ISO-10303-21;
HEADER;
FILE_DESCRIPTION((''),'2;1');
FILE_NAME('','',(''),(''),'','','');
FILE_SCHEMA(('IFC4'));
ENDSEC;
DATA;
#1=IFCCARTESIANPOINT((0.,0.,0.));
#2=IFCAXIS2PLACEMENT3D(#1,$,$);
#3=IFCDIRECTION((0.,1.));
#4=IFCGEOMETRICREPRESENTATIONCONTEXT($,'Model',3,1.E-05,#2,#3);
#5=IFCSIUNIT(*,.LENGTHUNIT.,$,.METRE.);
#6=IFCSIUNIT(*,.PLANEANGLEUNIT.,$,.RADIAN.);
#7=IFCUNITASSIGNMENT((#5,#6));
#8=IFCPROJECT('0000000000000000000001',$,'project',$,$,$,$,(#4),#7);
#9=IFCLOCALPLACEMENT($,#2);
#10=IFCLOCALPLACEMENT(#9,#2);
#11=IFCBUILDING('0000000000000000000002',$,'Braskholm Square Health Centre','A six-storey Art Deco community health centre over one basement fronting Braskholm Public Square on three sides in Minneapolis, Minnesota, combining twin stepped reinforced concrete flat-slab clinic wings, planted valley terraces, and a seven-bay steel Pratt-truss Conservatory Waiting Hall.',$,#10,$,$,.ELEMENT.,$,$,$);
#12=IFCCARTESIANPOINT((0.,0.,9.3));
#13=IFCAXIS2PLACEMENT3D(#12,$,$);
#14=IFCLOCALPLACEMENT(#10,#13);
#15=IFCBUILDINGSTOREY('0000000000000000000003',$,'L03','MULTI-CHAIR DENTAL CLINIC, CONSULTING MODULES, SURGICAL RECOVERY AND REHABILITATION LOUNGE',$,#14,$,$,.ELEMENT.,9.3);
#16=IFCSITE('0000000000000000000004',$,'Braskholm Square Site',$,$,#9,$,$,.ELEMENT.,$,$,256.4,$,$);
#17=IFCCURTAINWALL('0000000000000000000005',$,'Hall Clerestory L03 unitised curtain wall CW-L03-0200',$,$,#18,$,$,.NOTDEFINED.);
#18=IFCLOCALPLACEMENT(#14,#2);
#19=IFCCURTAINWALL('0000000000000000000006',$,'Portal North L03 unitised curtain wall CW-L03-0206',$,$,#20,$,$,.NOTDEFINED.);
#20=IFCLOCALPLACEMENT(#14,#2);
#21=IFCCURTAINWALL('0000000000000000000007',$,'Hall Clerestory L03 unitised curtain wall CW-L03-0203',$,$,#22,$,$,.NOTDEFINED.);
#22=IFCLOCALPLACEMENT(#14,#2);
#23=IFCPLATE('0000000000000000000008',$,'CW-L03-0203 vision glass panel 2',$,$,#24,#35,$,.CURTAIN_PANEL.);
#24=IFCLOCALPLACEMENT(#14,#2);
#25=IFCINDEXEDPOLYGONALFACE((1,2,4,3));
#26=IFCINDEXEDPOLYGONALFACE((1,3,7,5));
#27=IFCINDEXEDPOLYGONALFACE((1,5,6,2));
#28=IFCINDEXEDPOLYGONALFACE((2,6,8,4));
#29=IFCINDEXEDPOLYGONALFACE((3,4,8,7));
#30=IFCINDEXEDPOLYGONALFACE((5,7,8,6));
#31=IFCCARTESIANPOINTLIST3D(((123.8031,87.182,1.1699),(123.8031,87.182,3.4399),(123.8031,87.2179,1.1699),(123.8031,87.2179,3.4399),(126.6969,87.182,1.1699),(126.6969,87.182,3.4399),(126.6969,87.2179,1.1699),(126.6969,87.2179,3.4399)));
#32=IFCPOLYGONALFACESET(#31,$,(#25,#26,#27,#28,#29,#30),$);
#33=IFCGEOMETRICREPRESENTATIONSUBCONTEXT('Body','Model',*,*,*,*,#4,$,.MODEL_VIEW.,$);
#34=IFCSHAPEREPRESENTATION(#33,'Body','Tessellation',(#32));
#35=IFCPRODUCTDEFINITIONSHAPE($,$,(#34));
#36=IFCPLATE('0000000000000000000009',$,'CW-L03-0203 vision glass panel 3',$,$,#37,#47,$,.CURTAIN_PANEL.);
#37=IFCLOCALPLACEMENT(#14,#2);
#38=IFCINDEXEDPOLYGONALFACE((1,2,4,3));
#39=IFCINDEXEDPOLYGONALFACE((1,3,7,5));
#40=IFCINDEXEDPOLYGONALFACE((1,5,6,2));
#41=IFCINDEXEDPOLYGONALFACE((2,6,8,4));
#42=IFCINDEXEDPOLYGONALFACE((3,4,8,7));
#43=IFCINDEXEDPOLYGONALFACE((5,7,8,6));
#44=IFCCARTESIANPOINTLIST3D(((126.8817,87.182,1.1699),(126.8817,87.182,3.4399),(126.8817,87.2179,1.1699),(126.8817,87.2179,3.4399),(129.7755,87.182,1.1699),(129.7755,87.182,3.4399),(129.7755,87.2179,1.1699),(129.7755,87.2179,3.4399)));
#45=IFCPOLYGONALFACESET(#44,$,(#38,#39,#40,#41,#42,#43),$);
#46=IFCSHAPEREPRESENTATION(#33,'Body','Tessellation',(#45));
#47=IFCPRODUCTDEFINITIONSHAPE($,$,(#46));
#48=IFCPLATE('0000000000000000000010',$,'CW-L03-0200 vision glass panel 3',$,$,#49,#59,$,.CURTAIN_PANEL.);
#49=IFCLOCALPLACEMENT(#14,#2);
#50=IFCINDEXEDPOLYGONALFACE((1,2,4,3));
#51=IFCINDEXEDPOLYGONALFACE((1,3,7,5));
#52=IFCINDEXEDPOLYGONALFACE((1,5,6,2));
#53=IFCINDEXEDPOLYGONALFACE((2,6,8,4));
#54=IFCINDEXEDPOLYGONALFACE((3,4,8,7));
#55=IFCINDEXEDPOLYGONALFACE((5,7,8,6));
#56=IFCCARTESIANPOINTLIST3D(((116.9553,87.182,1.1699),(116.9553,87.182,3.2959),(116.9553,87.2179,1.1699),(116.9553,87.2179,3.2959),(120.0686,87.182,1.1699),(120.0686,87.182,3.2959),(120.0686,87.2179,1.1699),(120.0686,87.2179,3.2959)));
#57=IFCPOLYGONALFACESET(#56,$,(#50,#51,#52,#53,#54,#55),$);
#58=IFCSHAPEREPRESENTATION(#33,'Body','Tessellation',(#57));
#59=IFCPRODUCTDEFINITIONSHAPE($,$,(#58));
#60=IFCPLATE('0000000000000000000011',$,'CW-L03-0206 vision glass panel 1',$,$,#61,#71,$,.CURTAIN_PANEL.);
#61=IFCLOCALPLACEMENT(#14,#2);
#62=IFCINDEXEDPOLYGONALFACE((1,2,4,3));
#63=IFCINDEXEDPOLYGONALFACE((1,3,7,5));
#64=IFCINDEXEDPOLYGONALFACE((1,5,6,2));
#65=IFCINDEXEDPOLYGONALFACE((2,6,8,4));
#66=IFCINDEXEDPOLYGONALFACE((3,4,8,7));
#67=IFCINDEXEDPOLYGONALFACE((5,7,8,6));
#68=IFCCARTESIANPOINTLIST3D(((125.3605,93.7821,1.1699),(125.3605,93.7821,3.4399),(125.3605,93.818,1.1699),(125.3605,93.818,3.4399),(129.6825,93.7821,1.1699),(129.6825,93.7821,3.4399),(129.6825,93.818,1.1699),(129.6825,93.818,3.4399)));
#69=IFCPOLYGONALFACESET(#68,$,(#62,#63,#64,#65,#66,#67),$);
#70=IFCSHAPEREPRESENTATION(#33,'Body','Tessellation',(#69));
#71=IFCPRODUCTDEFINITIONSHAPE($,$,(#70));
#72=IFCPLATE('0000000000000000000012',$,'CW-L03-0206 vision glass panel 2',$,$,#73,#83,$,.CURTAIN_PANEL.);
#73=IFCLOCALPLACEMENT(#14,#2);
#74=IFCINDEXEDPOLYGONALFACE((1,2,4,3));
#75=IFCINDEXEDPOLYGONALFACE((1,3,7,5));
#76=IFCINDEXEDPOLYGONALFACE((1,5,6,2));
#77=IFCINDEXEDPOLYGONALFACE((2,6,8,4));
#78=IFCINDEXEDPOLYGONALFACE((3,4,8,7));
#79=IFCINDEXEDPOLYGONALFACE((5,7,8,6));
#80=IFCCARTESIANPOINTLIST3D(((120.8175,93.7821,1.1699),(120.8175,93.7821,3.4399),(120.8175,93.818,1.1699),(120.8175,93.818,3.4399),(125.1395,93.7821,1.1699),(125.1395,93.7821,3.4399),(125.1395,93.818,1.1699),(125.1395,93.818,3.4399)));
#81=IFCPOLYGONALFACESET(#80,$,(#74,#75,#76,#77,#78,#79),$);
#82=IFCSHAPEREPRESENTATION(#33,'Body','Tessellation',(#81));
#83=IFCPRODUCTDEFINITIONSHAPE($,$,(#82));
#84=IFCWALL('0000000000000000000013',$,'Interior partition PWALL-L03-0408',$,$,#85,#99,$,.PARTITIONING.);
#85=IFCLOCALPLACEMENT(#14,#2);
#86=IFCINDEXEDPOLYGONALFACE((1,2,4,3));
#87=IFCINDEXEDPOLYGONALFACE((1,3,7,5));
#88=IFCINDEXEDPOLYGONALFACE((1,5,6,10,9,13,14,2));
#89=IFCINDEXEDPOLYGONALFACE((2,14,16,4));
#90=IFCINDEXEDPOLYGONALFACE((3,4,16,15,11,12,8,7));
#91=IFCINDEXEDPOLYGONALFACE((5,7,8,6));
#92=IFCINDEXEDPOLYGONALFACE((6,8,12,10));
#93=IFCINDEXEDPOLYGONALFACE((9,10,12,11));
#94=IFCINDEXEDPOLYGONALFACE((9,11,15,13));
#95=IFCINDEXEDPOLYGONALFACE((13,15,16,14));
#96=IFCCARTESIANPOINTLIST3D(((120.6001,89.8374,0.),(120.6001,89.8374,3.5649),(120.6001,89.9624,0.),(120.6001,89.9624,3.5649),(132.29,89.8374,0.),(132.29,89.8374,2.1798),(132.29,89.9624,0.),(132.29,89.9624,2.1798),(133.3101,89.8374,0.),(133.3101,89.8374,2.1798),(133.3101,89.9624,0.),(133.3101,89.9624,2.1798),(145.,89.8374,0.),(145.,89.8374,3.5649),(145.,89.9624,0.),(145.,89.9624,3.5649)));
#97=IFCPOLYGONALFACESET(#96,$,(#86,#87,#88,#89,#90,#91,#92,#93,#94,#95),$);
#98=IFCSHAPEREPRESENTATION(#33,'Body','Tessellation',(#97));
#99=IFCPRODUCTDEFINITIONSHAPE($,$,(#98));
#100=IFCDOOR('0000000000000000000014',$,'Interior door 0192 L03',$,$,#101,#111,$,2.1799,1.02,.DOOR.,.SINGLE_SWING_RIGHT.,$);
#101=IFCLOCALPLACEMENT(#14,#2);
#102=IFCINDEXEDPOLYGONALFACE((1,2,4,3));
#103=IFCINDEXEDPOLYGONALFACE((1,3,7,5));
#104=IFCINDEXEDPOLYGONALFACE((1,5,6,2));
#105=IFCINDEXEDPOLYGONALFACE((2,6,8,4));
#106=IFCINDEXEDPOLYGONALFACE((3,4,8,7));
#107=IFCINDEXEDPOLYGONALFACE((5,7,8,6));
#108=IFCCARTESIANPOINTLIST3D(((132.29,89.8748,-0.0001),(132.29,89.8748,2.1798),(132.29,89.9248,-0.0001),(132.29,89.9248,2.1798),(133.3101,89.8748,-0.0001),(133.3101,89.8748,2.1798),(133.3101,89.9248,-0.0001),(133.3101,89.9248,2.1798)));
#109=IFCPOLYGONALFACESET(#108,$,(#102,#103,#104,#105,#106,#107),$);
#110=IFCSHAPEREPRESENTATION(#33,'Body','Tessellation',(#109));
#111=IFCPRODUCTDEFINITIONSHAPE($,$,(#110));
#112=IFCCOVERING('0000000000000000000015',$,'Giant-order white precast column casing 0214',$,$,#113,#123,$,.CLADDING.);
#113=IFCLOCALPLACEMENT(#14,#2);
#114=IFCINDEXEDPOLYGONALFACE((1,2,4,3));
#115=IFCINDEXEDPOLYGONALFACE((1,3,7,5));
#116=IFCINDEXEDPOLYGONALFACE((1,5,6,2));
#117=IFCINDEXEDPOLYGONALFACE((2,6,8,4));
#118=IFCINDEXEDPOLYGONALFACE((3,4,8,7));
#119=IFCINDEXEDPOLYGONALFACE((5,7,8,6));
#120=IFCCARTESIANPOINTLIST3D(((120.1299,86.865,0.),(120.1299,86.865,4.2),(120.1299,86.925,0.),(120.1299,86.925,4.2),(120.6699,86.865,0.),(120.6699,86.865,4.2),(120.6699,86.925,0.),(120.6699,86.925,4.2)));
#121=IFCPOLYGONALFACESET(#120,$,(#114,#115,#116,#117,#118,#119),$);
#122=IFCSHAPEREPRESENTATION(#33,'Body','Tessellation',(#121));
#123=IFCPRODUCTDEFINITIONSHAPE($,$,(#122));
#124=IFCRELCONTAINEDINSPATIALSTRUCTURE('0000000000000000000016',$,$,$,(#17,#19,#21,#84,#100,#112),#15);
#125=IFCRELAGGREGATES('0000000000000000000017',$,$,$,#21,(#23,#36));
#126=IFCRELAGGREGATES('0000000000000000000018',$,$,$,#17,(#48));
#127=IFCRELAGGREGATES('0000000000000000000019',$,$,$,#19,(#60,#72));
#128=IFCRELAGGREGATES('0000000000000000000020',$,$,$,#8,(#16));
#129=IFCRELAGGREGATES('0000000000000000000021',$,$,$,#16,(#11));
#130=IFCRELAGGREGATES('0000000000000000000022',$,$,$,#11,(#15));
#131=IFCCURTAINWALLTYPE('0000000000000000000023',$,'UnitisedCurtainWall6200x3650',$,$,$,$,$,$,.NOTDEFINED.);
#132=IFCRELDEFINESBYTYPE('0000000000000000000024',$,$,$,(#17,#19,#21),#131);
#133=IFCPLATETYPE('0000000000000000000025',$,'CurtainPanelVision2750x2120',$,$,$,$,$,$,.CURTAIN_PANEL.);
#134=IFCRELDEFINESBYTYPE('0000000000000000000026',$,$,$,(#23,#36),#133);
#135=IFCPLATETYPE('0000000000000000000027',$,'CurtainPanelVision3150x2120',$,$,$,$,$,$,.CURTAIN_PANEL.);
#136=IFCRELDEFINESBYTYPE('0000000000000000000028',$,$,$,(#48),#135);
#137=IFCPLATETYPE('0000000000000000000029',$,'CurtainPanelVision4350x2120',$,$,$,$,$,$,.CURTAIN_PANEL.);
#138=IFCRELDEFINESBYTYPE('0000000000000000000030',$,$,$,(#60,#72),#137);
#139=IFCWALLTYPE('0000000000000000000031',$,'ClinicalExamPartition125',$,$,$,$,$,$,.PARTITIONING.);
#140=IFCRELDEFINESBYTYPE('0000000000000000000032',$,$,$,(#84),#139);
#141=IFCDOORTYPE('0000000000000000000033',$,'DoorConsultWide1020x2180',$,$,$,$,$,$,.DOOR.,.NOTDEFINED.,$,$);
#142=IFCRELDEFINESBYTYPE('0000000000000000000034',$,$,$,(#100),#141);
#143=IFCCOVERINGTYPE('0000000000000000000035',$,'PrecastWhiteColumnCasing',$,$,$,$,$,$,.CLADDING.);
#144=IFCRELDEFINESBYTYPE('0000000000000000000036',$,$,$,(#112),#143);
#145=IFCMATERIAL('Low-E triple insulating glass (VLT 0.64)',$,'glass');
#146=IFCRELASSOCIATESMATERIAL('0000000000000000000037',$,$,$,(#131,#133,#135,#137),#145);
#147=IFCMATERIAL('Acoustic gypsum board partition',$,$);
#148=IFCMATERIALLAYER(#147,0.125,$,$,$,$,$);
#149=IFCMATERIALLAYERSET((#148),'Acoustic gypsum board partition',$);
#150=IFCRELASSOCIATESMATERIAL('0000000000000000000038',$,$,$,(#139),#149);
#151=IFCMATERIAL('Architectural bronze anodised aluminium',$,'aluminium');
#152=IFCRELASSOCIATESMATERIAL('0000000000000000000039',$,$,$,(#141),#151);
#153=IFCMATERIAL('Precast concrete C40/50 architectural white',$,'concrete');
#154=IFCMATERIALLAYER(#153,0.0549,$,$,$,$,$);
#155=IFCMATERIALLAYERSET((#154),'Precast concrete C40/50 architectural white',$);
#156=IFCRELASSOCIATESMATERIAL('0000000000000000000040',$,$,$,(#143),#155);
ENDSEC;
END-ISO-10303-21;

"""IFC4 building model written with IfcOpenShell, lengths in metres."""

from ifc_helpers import new_model, si_unit, direction, frame, frame_2d, origin, origin_with_axes, origin_2d, place, context, subcontext, project, spatial, rectangle, extrude, material, layer, layer_set, type_object, element, fill, aggregate, save


model = new_model("IFC4")

# Units and contexts
model_context = context("Model", 3, precision=1e-05, world=origin(), true_north=direction((0.0, 1.0)))
body_context = subcontext(model_context, "Body", "Model", "MODEL_VIEW")
ifc_project = project(units=[si_unit("LENGTHUNIT", "METRE"), si_unit("PLANEANGLEUNIT", "RADIAN")], contexts=[model_context])

# Site, building, storey
site_placement = place(None, origin())
site = spatial("IfcSite", under=ifc_project, at=site_placement, Name="Braskholm Square Site", CompositionType="ELEMENT", RefElevation=256.4)
building_placement = place(site_placement, origin())
building = spatial("IfcBuilding", under=site, at=building_placement, Name="Braskholm Square Health Centre", Description="A six-storey Art Deco community health centre over one basement fronting Braskholm Public Square on three sides in Minneapolis, Minnesota, combining twin stepped reinforced concrete flat-slab clinic wings, planted valley terraces, and a seven-bay steel Pratt-truss Conservatory Waiting Hall.", CompositionType="ELEMENT")
storey_placement = place(building_placement, frame((0.0, 0.0, 9.3)))
storey = spatial("IfcBuildingStorey", under=building, at=storey_placement, Name="L03", Description="MULTI-CHAIR DENTAL CLINIC, CONSULTING MODULES, SURGICAL RECOVERY AND REHABILITATION LOUNGE", CompositionType="ELEMENT", Elevation=9.3)

# Shared definitions
ifc_material_1 = material(Name="Precast concrete C40/50 architectural white", Category="concrete")

# Curtain walls
ifc_material_2 = material(Name="Low-E triple insulating glass (VLT 0.64)", Category="glass")
curtain_wall_type = type_object("IfcCurtainWallType", Name="UnitisedCurtainWall6200x3650", PredefinedType="NOTDEFINED", material=ifc_material_2)
curtain_wall_1_placement = place(storey_placement, origin())
curtain_wall_1 = element("IfcCurtainWall", 1, at=curtain_wall_1_placement, inside=storey, type_object=curtain_wall_type, Name="Hall Clerestory L03 unitised curtain wall CW-L03-0200", PredefinedType="NOTDEFINED")
ifc_material_3 = material(Name="Architectural bronze anodised aluminium", Category="aluminium")
curtain_wall_2_placement = place(storey_placement, origin())
curtain_wall_2 = element("IfcCurtainWall", 2, at=curtain_wall_2_placement, inside=storey, type_object=curtain_wall_type, Name="Portal North L03 unitised curtain wall CW-L03-0206", PredefinedType="NOTDEFINED")
curtain_wall_3_placement = place(storey_placement, origin())
curtain_wall_3 = element("IfcCurtainWall", 3, at=curtain_wall_3_placement, inside=storey, type_object=curtain_wall_type, Name="Hall Clerestory L03 unitised curtain wall CW-L03-0203", PredefinedType="NOTDEFINED")

# Plates
plate_type_1 = type_object("IfcPlateType", Name="CurtainPanelVision2750x2120", PredefinedType="CURTAIN_PANEL", material=ifc_material_2)
plate_1_placement = place(storey_placement, frame((125.25, 87.2, 1.1699), z_axis=(0.0, 0.0, 1.0), x_axis=(1.0, 0.0, 0.0)))
plate_1 = element("IfcPlate", 4, at=plate_1_placement, type_object=plate_type_1, Name="CW-L03-0203 vision glass panel 2", PredefinedType="CURTAIN_PANEL", context=body_context, shape_type="SweptSolid", body=[
    extrude(rectangle(XDim=2.8938, YDim=0.0359, at=origin_2d()), origin(), (0.0, 0.0, 1.0), 2.27),
])
plate_2_placement = place(storey_placement, frame((128.3286, 87.2, 1.1699), z_axis=(0.0, 0.0, 1.0), x_axis=(1.0, 0.0, 0.0)))
plate_2 = element("IfcPlate", 5, at=plate_2_placement, type_object=plate_type_1, Name="CW-L03-0203 vision glass panel 3", PredefinedType="CURTAIN_PANEL", context=body_context, shape_type="SweptSolid", body=[
    extrude(rectangle(XDim=2.8938, YDim=0.0359, at=origin_2d()), origin(), (0.0, 0.0, 1.0), 2.27),
])
aggregate(curtain_wall_3, [plate_1, plate_2])
plate_type_2 = type_object("IfcPlateType", Name="CurtainPanelVision3150x2120", PredefinedType="CURTAIN_PANEL", material=ifc_material_2)
plate_3_placement = place(storey_placement, frame((118.512, 87.2, 1.1699), z_axis=(0.0, 0.0, 1.0), x_axis=(1.0, 0.0, 0.0)))
plate_3 = element("IfcPlate", 6, at=plate_3_placement, type_object=plate_type_2, Name="CW-L03-0200 vision glass panel 3", PredefinedType="CURTAIN_PANEL", context=body_context, shape_type="SweptSolid", body=[
    extrude(rectangle(XDim=3.1133, YDim=0.0359, at=origin_2d()), origin(), (0.0, 0.0, 1.0), 2.126),
])
aggregate(curtain_wall_1, [plate_3])
plate_type_3 = type_object("IfcPlateType", Name="CurtainPanelVision4350x2120", PredefinedType="CURTAIN_PANEL", material=ifc_material_2)
plate_4_placement = place(storey_placement, frame((127.5215, 93.8, 1.1699), z_axis=(0.0, 0.0, 1.0), x_axis=(-1.0, 0.0, 0.0)))
plate_4 = element("IfcPlate", 7, at=plate_4_placement, type_object=plate_type_3, Name="CW-L03-0206 vision glass panel 1", PredefinedType="CURTAIN_PANEL", context=body_context, shape_type="SweptSolid", body=[
    extrude(rectangle(XDim=4.322, YDim=0.0359, at=origin_2d()), origin(), (0.0, 0.0, 1.0), 2.27),
])
plate_5_placement = place(storey_placement, frame((122.9785, 93.8, 1.1699), z_axis=(0.0, 0.0, 1.0), x_axis=(-1.0, 0.0, 0.0)))
plate_5 = element("IfcPlate", 8, at=plate_5_placement, type_object=plate_type_3, Name="CW-L03-0206 vision glass panel 2", PredefinedType="CURTAIN_PANEL", context=body_context, shape_type="SweptSolid", body=[
    extrude(rectangle(XDim=4.322, YDim=0.0359, at=origin_2d()), origin(), (0.0, 0.0, 1.0), 2.27),
])
aggregate(curtain_wall_2, [plate_4, plate_5])

# Wall, opening, door
ifc_material_4 = material(Name="Acoustic gypsum board partition")
ifc_layer_1 = layer(ifc_material_4, 0.125)
ifc_layer_set_1 = layer_set([ifc_layer_1], Name="Acoustic gypsum board partition")
wall_type = type_object("IfcWallType", Name="ClinicalExamPartition125", PredefinedType="PARTITIONING", material=ifc_layer_set_1)
wall_placement = place(storey_placement, frame((120.6001, 89.8999, 0.0), z_axis=(0.0, 0.0, 1.0), x_axis=(1.0, 0.0, 0.0)))
wall = element("IfcWall", 9, at=wall_placement, inside=storey, type_object=wall_type, Name="Interior partition PWALL-L03-0408", PredefinedType="PARTITIONING", context=body_context, shape_type="SweptSolid", body=[
    extrude(rectangle(XDim=24.3999, YDim=0.125, at=frame_2d((12.2, 0.0))), origin(), (0.0, 0.0, 1.0), 3.5649),
])
opening_placement = place(wall_placement, frame((11.6899, 0.0, 0.0)))
opening = element("IfcOpeningElement", 10, at=opening_placement, cuts=wall, PredefinedType="OPENING", context=body_context, shape_type="SweptSolid", body=[
    extrude(rectangle(XDim=1.02, YDim=2.1799, at=frame_2d((0.51, 1.0898))), frame((0.0, 0.0725, 0.0), z_axis=(0.0, -1.0, 0.0), x_axis=(1.0, 0.0, 0.0)), (0.0, 0.0, 1.0), 0.145),
])
door_type = type_object("IfcDoorType", Name="DoorConsultWide1020x2180", OperationType="NOTDEFINED", PredefinedType="DOOR", material=ifc_material_3)
door_placement = place(opening_placement, origin_with_axes())
door = element("IfcDoor", 11, at=door_placement, inside=storey, type_object=door_type, Name="Interior door 0192 L03", OperationType="SINGLE_SWING_RIGHT", OverallHeight=2.1799, OverallWidth=1.02, PredefinedType="DOOR", context=body_context, shape_type="SweptSolid", body=[
    extrude(rectangle(XDim=1.02, YDim=2.1799, at=frame_2d((0.51, 1.0898))), frame((0.0, 0.0249, 0.0), z_axis=(0.0, -1.0, 0.0), x_axis=(1.0, 0.0, 0.0)), (0.0, 0.0, 1.0), 0.05),
])
fill(opening, door)

# Covering
ifc_layer_2 = layer(ifc_material_1, 0.0549)
ifc_layer_set_2 = layer_set([ifc_layer_2], Name="Precast concrete C40/50 architectural white")
covering_type = type_object("IfcCoveringType", Name="PrecastWhiteColumnCasing", PredefinedType="CLADDING", material=ifc_layer_set_2)
covering_placement = place(storey_placement, frame((120.3999, 86.895, 0.0), z_axis=(0.0, 0.0, 1.0), x_axis=(1.0, 0.0, 0.0)))
element("IfcCovering", 12, at=covering_placement, inside=storey, type_object=covering_type, Name="Giant-order white precast column casing 0214", PredefinedType="CLADDING", context=body_context, shape_type="SweptSolid", body=[
    extrude(rectangle(XDim=0.54, YDim=0.0601, at=origin_2d()), origin(), (0.0, 0.0, 1.0), 4.2),
])

save(model, "model.ifc")
